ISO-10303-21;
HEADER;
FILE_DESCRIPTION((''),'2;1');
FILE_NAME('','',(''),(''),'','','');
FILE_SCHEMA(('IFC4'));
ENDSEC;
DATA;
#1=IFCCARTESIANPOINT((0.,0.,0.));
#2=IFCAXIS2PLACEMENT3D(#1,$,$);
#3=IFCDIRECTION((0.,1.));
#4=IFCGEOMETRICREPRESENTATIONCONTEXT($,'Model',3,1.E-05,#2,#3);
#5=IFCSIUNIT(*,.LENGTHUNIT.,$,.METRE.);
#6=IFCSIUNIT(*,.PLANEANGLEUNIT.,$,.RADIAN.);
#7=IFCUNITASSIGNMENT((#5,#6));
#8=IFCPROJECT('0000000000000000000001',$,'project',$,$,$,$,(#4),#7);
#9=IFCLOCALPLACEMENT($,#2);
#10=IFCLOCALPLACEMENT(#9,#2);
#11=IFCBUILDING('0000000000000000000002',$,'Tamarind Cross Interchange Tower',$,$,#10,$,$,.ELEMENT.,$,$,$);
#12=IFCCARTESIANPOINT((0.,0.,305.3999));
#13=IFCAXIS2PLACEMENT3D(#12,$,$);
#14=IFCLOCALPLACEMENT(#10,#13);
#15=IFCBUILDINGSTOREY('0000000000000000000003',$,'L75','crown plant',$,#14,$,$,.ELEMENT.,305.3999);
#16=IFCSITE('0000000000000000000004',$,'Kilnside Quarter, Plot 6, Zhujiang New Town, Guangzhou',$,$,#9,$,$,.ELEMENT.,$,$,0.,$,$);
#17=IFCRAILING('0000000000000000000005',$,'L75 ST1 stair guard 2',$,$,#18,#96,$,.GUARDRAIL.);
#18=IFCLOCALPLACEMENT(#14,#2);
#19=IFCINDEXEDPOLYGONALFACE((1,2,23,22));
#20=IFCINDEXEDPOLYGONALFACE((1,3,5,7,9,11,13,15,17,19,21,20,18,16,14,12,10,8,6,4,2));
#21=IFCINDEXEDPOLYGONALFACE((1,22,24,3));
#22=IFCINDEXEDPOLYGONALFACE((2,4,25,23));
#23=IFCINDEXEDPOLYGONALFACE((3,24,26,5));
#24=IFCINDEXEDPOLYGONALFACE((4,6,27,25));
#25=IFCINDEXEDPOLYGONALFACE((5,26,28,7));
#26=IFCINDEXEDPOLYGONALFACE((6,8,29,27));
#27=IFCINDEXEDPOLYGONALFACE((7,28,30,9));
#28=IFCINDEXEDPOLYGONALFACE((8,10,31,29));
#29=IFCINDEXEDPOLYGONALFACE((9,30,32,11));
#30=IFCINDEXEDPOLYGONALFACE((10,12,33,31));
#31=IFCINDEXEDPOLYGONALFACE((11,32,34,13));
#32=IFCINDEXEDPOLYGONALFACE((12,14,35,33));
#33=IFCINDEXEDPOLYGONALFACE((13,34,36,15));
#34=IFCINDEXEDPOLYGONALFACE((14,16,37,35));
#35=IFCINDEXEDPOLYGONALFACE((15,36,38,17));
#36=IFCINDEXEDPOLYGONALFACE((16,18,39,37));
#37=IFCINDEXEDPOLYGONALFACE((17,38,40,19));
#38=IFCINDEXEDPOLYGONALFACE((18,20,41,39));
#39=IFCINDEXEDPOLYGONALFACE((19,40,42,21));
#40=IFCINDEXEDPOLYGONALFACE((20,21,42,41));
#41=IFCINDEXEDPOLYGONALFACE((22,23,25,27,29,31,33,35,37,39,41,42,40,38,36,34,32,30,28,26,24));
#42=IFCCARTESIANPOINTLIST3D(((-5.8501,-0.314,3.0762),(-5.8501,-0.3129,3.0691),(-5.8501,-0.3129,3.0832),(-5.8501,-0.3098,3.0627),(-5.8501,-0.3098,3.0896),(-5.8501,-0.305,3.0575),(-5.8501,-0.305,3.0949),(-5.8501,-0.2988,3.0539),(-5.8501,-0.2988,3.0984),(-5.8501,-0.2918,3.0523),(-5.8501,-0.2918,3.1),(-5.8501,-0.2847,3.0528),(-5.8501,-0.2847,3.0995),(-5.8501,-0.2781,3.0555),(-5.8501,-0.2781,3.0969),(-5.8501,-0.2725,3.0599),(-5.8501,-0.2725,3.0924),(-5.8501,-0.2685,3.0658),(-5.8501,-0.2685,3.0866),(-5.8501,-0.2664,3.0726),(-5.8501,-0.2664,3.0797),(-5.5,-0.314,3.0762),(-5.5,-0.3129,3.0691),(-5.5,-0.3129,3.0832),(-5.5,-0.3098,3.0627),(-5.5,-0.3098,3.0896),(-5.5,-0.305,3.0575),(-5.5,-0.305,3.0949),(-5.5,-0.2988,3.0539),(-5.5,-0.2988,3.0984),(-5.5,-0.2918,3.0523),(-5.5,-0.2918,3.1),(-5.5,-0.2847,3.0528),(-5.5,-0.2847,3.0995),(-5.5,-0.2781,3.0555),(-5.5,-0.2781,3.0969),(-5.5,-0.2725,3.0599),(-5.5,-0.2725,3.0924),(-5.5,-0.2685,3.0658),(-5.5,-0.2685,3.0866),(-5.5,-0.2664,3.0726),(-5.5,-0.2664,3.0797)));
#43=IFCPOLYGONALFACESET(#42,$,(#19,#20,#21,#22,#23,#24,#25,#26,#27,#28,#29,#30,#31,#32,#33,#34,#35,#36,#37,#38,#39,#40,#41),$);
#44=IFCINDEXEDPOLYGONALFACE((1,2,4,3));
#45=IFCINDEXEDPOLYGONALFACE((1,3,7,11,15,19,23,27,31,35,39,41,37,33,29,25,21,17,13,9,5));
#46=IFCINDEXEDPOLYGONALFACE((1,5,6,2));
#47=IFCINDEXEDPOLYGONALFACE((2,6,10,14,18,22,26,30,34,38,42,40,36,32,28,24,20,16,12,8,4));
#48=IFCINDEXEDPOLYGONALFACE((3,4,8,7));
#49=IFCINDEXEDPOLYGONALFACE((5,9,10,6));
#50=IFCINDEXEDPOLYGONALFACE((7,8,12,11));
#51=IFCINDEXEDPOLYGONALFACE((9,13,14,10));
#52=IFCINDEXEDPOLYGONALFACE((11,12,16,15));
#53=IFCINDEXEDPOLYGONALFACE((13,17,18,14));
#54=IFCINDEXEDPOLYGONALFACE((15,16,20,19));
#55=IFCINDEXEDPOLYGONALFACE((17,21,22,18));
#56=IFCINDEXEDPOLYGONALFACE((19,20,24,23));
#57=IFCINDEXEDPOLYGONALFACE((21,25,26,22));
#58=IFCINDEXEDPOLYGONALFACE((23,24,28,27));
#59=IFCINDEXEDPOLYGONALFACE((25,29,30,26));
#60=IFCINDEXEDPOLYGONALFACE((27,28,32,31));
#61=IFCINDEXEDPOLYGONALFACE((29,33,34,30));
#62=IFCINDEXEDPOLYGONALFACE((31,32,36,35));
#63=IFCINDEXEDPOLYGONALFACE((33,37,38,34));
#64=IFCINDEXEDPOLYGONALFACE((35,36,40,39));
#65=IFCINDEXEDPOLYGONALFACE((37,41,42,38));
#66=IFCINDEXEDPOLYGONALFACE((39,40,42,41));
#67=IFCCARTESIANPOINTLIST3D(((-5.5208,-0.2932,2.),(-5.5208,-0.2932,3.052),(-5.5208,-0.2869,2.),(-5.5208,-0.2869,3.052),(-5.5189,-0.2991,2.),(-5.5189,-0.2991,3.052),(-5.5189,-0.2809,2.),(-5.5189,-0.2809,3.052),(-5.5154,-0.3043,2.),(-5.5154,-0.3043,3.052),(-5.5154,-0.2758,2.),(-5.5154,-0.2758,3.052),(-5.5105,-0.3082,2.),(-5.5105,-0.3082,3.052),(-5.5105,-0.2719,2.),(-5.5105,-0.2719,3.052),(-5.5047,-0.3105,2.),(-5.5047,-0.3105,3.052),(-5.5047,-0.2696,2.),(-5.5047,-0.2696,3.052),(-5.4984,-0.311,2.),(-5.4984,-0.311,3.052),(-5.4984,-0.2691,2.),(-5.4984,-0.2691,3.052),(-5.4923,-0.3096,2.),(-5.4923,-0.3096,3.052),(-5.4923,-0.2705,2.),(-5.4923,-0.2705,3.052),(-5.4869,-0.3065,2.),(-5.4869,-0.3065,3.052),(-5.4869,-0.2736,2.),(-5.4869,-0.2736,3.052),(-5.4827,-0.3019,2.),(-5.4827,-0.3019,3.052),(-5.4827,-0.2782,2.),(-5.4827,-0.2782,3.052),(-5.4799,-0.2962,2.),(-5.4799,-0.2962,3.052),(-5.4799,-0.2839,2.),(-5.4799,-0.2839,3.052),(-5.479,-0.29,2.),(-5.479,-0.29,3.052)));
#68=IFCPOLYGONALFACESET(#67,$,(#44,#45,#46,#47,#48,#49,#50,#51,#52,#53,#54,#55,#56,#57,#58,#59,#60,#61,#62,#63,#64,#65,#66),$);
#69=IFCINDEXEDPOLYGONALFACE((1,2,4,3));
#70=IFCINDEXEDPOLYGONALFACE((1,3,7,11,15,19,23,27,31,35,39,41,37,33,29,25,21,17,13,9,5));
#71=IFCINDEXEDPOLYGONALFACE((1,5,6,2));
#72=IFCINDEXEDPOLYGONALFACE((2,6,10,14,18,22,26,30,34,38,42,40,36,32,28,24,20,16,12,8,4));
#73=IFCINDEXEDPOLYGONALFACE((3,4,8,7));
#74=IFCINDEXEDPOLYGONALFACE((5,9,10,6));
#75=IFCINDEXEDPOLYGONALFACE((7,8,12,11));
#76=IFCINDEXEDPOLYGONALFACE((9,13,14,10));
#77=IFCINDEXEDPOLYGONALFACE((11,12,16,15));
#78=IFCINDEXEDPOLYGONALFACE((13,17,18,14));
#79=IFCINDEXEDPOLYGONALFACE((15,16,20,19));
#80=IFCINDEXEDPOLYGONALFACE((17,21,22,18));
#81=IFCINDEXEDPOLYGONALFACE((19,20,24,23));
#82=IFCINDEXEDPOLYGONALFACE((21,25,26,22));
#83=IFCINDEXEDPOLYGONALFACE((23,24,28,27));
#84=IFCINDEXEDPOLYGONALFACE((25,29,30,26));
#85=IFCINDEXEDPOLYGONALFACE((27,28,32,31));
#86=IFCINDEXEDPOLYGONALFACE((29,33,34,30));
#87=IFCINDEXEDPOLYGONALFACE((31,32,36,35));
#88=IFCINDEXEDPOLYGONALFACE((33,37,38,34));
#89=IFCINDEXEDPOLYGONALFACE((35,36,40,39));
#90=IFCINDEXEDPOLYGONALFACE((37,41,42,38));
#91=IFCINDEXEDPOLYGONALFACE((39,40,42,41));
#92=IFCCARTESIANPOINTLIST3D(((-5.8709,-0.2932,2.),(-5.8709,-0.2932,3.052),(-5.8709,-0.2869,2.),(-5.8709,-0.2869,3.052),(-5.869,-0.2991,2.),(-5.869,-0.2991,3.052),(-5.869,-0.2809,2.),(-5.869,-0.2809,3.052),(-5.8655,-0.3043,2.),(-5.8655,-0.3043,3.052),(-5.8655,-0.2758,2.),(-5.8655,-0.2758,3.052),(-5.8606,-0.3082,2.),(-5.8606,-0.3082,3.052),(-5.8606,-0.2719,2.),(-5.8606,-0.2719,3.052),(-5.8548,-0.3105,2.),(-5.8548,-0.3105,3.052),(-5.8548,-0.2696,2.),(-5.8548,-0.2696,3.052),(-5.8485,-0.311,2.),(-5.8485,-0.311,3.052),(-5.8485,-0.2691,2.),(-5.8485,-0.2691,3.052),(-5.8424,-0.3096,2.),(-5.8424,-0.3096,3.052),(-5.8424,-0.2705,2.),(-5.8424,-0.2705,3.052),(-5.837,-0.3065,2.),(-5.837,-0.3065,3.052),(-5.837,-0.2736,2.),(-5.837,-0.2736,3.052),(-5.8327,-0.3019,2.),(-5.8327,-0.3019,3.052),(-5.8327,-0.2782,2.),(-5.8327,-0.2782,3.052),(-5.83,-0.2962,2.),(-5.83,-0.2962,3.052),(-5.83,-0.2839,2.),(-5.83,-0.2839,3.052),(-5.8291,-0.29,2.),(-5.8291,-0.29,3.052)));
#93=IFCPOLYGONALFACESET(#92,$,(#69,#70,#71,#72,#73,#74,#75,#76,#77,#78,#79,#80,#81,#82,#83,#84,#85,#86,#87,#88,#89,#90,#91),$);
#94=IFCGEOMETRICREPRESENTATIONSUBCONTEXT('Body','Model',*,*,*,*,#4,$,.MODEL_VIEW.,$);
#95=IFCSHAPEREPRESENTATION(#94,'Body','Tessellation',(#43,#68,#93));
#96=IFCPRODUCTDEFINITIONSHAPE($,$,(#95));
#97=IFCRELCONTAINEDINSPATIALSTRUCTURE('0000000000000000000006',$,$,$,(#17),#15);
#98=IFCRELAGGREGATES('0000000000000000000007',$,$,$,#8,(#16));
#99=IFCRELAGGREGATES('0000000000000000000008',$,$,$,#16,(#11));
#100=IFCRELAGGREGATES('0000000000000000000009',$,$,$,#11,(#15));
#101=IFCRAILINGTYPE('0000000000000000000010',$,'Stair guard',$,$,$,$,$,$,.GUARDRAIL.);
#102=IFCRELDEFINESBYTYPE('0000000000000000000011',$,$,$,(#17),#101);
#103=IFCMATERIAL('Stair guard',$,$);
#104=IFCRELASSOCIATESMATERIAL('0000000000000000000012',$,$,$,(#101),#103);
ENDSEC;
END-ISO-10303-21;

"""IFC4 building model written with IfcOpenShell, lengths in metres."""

from ifc_helpers import new_model, si_unit, direction, frame, origin, origin_2d, place, context, subcontext, project, spatial, circle, extrude, material, type_object, element, save


model = new_model("IFC4")

# Units and contexts
model_context = context("Model", 3, precision=1e-05, world=origin(), true_north=direction((0.0, 1.0)))
body_context = subcontext(model_context, "Body", "Model", "MODEL_VIEW")
ifc_project = project(units=[si_unit("LENGTHUNIT", "METRE"), si_unit("PLANEANGLEUNIT", "RADIAN")], contexts=[model_context])

# Site, building, storey
site_placement = place(None, origin())
site = spatial("IfcSite", under=ifc_project, at=site_placement, Name="Kilnside Quarter, Plot 6, Zhujiang New Town, Guangzhou", CompositionType="ELEMENT", RefElevation=0.0)
building_placement = place(site_placement, origin())
building = spatial("IfcBuilding", under=site, at=building_placement, Name="Tamarind Cross Interchange Tower", CompositionType="ELEMENT")
storey_placement = place(building_placement, frame((0.0, 0.0, 305.3999)))
storey = spatial("IfcBuildingStorey", under=building, at=storey_placement, Name="L75", Description="crown plant", CompositionType="ELEMENT", Elevation=305.3999)

# Railing
ifc_material_1 = material(Name="Stair guard")
railing_type_1 = type_object("IfcRailingType", Name="Stair guard", PredefinedType="GUARDRAIL", material=ifc_material_1)
railing_1_placement = place(storey_placement, frame((-5.5, -0.29, 2.0)))
element("IfcRailing", 1, at=railing_1_placement, inside=storey, type_object=railing_type_1, Name="L75 ST1 stair guard 2", PredefinedType="GUARDRAIL", context=body_context, shape_type="SweptSolid", body=[
    extrude(circle(Radius=0.0239, at=origin_2d()), frame((0.0, 0.0, 1.0762), z_axis=(-1.0, 0.0, 0.0), x_axis=(0.0, -1.0, 0.0)), (0.0, 0.0, 1.0), 0.3501),
    extrude(circle(Radius=0.021, at=origin_2d()), origin(), (0.0, 0.0, 1.0), 1.052),
    extrude(circle(Radius=0.021, at=origin_2d()), frame((-0.3501, 0.0, 0.0)), (0.0, 0.0, 1.0), 1.052),
])

save(model, "model.ifc")
